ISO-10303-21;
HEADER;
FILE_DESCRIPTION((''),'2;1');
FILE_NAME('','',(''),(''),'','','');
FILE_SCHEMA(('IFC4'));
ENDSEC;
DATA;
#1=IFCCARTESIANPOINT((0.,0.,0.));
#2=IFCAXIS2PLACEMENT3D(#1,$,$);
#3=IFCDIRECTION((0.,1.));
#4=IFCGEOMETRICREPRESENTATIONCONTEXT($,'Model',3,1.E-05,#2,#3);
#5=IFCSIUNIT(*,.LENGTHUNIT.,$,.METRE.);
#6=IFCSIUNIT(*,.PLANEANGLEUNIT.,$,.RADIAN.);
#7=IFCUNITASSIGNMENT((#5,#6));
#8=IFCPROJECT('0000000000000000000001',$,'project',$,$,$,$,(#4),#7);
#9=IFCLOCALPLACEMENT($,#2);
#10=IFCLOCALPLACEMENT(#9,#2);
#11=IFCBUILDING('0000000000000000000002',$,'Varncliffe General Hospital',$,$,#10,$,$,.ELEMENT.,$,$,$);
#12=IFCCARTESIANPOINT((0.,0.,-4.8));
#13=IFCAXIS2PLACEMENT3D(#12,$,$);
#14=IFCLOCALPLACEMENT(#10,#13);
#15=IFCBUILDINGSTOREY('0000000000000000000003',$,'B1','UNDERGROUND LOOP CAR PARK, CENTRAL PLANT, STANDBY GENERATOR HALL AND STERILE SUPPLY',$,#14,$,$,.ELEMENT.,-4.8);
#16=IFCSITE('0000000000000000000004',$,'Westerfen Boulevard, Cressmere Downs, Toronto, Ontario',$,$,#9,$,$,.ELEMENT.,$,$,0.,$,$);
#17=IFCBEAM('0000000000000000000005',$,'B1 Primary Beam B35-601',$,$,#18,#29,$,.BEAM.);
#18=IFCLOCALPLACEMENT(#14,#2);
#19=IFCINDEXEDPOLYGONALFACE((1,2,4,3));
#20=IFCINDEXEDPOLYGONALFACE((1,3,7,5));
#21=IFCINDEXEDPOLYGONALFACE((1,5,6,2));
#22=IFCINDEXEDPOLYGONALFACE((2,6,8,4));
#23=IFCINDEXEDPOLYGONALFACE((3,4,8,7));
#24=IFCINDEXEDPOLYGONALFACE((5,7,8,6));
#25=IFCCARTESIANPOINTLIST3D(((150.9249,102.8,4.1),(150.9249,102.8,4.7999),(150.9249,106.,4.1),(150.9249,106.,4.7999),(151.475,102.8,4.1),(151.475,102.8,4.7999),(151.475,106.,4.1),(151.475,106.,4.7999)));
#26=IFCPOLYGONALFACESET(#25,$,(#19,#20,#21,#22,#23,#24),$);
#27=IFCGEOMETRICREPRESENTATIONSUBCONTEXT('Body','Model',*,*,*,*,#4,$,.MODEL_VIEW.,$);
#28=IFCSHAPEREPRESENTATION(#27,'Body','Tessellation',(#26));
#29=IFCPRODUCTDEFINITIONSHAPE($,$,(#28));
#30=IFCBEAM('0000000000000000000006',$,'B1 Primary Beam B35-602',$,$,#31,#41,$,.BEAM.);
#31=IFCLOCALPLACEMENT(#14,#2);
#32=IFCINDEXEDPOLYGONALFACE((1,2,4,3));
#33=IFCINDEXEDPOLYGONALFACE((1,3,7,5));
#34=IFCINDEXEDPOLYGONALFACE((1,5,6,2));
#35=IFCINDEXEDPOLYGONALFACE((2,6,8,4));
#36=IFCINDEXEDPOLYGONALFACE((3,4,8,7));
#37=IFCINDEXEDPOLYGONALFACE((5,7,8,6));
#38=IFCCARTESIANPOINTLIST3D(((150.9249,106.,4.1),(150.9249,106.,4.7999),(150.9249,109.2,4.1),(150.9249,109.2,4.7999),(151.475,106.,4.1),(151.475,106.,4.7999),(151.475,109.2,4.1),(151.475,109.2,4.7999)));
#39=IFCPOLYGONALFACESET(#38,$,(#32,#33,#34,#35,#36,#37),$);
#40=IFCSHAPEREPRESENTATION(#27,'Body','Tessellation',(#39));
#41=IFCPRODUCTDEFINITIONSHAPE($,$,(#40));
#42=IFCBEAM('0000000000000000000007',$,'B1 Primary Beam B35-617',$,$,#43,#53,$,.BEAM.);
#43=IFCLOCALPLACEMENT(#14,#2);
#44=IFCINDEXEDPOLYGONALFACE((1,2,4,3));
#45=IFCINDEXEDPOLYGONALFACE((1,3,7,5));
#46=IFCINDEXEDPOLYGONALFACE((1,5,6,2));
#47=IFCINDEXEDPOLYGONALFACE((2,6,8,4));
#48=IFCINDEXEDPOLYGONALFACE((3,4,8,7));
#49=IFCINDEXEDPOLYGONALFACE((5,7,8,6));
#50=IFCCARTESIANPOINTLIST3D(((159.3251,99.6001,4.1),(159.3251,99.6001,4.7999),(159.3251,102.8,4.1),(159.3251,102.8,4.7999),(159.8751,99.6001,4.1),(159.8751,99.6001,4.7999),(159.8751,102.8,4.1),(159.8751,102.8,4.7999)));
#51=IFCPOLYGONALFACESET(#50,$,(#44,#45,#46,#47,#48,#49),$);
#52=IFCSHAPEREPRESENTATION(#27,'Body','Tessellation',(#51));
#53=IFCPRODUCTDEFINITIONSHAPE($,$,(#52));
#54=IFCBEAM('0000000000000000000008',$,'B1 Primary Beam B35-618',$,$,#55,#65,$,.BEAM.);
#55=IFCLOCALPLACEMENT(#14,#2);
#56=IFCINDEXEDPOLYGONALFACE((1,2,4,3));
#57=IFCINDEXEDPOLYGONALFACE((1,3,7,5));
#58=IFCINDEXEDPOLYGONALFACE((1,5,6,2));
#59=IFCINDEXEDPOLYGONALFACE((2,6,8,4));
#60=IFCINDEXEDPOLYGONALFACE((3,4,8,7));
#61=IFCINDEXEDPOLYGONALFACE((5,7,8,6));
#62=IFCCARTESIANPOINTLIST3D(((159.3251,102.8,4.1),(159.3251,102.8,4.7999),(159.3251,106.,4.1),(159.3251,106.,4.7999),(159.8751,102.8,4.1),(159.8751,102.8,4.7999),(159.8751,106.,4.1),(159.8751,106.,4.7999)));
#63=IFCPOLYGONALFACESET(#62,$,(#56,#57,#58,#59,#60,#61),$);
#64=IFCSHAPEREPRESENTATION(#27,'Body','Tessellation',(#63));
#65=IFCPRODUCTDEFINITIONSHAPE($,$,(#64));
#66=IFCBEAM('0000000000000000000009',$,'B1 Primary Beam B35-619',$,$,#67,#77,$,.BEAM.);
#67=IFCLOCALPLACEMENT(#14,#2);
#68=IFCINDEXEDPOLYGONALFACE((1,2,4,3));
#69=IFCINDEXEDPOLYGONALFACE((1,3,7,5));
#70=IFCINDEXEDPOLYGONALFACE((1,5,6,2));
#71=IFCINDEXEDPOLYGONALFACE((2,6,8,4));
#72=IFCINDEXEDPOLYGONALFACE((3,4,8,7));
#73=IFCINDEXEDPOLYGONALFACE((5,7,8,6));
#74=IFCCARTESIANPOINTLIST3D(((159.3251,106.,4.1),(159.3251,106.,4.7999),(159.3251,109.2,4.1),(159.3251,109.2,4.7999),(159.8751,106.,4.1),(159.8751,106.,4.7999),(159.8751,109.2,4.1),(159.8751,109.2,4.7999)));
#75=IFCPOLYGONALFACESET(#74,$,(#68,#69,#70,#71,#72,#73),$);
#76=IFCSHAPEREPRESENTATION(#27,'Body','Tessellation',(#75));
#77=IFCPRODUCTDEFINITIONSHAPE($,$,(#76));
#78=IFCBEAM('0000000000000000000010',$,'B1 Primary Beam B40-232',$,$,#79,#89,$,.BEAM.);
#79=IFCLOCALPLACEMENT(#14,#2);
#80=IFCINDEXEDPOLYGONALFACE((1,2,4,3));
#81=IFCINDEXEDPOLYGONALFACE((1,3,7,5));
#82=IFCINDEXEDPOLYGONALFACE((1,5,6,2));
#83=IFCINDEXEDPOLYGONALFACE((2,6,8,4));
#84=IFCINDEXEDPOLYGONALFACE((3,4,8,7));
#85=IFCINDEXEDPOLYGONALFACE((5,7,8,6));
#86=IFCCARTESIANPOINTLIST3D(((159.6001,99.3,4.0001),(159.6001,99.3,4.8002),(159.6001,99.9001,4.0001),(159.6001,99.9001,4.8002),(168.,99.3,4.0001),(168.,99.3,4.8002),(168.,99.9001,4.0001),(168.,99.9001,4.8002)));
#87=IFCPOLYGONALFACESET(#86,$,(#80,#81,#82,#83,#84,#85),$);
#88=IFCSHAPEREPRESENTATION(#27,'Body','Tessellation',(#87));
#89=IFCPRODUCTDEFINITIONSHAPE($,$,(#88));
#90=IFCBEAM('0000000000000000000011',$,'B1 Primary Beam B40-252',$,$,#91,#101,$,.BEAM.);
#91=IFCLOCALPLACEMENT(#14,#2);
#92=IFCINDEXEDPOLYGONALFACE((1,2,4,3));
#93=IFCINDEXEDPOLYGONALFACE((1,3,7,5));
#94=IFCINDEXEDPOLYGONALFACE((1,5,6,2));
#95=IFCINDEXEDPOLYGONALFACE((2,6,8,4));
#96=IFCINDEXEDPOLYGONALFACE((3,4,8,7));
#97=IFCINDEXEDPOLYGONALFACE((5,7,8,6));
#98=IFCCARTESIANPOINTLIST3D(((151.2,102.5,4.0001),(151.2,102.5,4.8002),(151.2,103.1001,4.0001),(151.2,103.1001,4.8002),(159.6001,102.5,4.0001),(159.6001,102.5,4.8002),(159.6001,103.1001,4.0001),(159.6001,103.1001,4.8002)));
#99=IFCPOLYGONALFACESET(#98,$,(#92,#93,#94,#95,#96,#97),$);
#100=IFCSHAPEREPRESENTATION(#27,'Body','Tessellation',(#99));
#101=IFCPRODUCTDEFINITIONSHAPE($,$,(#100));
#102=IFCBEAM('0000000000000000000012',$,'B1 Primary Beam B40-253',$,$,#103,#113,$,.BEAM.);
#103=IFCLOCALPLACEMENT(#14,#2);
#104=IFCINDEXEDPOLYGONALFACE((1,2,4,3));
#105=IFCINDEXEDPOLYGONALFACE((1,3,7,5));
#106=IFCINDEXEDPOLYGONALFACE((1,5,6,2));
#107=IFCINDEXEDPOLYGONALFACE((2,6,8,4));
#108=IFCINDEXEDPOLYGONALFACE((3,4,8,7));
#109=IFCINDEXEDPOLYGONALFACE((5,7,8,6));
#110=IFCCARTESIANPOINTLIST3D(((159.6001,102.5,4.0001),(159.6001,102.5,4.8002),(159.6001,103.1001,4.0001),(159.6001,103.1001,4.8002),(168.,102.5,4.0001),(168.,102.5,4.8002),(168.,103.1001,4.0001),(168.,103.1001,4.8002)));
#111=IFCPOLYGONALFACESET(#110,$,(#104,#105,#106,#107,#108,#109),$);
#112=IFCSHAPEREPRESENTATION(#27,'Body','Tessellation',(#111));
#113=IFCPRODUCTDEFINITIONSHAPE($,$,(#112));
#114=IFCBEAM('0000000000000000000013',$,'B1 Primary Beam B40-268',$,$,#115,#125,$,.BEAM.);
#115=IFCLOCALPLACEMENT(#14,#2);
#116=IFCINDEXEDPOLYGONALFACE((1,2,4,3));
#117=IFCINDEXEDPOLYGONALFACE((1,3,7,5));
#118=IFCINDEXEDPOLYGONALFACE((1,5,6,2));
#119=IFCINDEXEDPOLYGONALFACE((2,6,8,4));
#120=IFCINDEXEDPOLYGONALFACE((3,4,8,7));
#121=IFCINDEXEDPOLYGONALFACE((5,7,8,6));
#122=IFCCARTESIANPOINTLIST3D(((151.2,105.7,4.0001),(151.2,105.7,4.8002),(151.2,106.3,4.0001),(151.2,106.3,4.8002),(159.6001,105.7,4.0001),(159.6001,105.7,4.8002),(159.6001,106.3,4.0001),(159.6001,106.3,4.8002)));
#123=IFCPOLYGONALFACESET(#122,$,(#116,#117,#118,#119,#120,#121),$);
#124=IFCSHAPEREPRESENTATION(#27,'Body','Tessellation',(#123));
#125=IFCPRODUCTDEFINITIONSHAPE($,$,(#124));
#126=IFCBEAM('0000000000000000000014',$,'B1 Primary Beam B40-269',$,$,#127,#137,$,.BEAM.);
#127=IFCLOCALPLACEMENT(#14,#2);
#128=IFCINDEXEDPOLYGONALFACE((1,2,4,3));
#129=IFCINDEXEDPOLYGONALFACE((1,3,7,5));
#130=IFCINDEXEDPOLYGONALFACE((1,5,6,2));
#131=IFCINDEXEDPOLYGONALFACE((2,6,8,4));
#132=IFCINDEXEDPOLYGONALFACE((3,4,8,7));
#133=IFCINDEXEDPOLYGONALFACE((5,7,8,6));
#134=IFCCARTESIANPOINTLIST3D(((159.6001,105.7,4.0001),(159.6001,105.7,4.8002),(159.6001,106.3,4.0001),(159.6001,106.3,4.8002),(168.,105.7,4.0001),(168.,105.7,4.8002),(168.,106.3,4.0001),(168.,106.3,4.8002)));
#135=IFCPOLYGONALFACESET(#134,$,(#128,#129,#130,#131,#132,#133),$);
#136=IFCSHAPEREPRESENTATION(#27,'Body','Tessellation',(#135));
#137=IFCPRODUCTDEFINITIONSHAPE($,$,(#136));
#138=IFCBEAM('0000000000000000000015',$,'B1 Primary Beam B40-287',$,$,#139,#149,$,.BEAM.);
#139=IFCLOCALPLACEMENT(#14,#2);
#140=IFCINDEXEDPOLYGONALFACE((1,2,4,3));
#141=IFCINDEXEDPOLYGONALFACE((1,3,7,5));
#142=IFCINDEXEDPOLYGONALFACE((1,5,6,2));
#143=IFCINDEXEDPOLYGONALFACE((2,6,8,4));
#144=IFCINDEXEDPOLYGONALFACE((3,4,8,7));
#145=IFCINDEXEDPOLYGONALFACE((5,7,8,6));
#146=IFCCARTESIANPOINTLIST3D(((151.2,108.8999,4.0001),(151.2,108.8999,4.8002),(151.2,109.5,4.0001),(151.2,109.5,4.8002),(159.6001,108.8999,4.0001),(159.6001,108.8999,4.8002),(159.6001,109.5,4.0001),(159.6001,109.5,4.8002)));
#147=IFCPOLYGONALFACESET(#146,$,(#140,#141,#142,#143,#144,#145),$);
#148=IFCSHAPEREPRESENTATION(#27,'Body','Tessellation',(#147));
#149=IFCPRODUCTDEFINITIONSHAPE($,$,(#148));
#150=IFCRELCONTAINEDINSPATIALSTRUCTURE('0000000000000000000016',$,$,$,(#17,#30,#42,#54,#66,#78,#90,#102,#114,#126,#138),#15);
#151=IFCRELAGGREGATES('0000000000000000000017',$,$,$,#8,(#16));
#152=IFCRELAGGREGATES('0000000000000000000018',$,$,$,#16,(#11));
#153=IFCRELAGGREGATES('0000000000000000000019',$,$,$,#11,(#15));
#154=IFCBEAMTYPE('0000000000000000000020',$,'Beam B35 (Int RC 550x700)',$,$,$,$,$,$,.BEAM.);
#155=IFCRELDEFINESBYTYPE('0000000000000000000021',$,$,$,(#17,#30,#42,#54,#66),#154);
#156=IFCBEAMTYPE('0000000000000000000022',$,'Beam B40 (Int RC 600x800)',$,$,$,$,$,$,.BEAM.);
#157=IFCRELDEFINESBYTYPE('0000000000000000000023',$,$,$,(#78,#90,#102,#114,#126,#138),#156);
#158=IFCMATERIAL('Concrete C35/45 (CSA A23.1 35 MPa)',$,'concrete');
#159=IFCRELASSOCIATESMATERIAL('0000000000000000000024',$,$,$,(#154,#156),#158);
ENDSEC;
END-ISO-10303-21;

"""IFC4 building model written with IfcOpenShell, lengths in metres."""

from ifc_helpers import new_model, si_unit, direction, frame, origin, origin_2d, place, context, subcontext, project, spatial, rectangle, extrude, material, material_profile, profile_set, type_object, element, save


model = new_model("IFC4")

# Units and contexts
model_context = context("Model", 3, precision=1e-05, world=origin(), true_north=direction((0.0, 1.0)))
body_context = subcontext(model_context, "Body", "Model", "MODEL_VIEW")
ifc_project = project(units=[si_unit("LENGTHUNIT", "METRE"), si_unit("PLANEANGLEUNIT", "RADIAN")], contexts=[model_context])

# Site, building, storey
site_placement = place(None, origin())
site = spatial("IfcSite", under=ifc_project, at=site_placement, Name="Westerfen Boulevard, Cressmere Downs, Toronto, Ontario", CompositionType="ELEMENT", RefElevation=0.0)
building_placement = place(site_placement, origin())
building = spatial("IfcBuilding", under=site, at=building_placement, Name="Varncliffe General Hospital", CompositionType="ELEMENT")
storey_placement = place(building_placement, frame((0.0, 0.0, -4.8)))
storey = spatial("IfcBuildingStorey", under=building, at=storey_placement, Name="B1", Description="UNDERGROUND LOOP CAR PARK, CENTRAL PLANT, STANDBY GENERATOR HALL AND STERILE SUPPLY", CompositionType="ELEMENT", Elevation=-4.8)

# Beams
ifc_material_1 = material(Name="Concrete C35/45 (CSA A23.1 35 MPa)", Category="concrete")
ifc_material_profile_1 = material_profile(ifc_material_1, rectangle(XDim=0.55, YDim=0.7, at=origin_2d()), Name="RC 550x700")
ifc_profile_set_1 = profile_set([ifc_material_profile_1], Name="Concrete C35/45 (CSA A23.1 35 MPa)")
beam_type_1 = type_object("IfcBeamType", Name="Beam B35 (Int RC 550x700)", PredefinedType="BEAM", material=ifc_profile_set_1)
for number, where, z_axis, x_axis, name in (
    (1, (151.2, 102.8, 4.45), (0.0, 1.0, 0.0), (-1.0, 0.0, 0.0), "B1 Primary Beam B35-601"),
    (2, (151.2, 106.0, 4.45), (0.0, 1.0, 0.0), (-1.0, 0.0, 0.0), "B1 Primary Beam B35-602"),
    (3, (159.6001, 99.6001, 4.45), (0.0, 1.0, 0.0), (-1.0, 0.0, 0.0), "B1 Primary Beam B35-617"),
    (4, (159.6001, 102.8, 4.45), (0.0, 1.0, 0.0), (-1.0, 0.0, 0.0), "B1 Primary Beam B35-618"),
    (5, (159.6001, 106.0, 4.45), (0.0, 1.0, 0.0), (-1.0, 0.0, 0.0), "B1 Primary Beam B35-619"),
):
    element("IfcBeam", number, at=place(storey_placement, frame(where, z_axis=z_axis, x_axis=x_axis)), inside=storey, type_object=beam_type_1, Name=name, PredefinedType="BEAM", context=body_context, shape_type="SweptSolid", body=[
        extrude(rectangle(XDim=0.55, YDim=0.7, at=origin_2d()), origin(), (0.0, 0.0, 1.0), 3.2),
    ])
ifc_material_profile_2 = material_profile(ifc_material_1, rectangle(XDim=0.6001, YDim=0.8, at=origin_2d()), Name="RC 600x800")
ifc_profile_set_2 = profile_set([ifc_material_profile_2], Name="Concrete C35/45 (CSA A23.1 35 MPa)")
beam_type_2 = type_object("IfcBeamType", Name="Beam B40 (Int RC 600x800)", PredefinedType="BEAM", material=ifc_profile_set_2)
beam_1_placement = place(storey_placement, frame((159.6001, 99.6001, 4.4001), z_axis=(1.0, 0.0, 0.0), x_axis=(0.0, 1.0, 0.0)))
element("IfcBeam", 6, at=beam_1_placement, inside=storey, type_object=beam_type_2, Name="B1 Primary Beam B40-232", PredefinedType="BEAM", context=body_context, shape_type="SweptSolid", body=[
    extrude(rectangle(XDim=0.6001, YDim=0.8, at=origin_2d()), origin(), (0.0, 0.0, 1.0), 8.3999),
])
beam_2_placement = place(storey_placement, frame((151.2, 102.8, 4.4001), z_axis=(1.0, 0.0, 0.0), x_axis=(0.0, 1.0, 0.0)))
element("IfcBeam", 7, at=beam_2_placement, inside=storey, type_object=beam_type_2, Name="B1 Primary Beam B40-252", PredefinedType="BEAM", context=body_context, shape_type="SweptSolid", body=[
    extrude(rectangle(XDim=0.6001, YDim=0.8, at=origin_2d()), origin(), (0.0, 0.0, 1.0), 8.4001),
])
beam_3_placement = place(storey_placement, frame((159.6001, 102.8, 4.4001), z_axis=(1.0, 0.0, 0.0), x_axis=(0.0, 1.0, 0.0)))
element("IfcBeam", 8, at=beam_3_placement, inside=storey, type_object=beam_type_2, Name="B1 Primary Beam B40-253", PredefinedType="BEAM", context=body_context, shape_type="SweptSolid", body=[
    extrude(rectangle(XDim=0.6001, YDim=0.8, at=origin_2d()), origin(), (0.0, 0.0, 1.0), 8.3999),
])
beam_4_placement = place(storey_placement, frame((151.2, 106.0, 4.4001), z_axis=(1.0, 0.0, 0.0), x_axis=(0.0, 1.0, 0.0)))
element("IfcBeam", 9, at=beam_4_placement, inside=storey, type_object=beam_type_2, Name="B1 Primary Beam B40-268", PredefinedType="BEAM", context=body_context, shape_type="SweptSolid", body=[
    extrude(rectangle(XDim=0.6001, YDim=0.8, at=origin_2d()), origin(), (0.0, 0.0, 1.0), 8.4001),
])
beam_5_placement = place(storey_placement, frame((159.6001, 106.0, 4.4001), z_axis=(1.0, 0.0, 0.0), x_axis=(0.0, 1.0, 0.0)))
element("IfcBeam", 10, at=beam_5_placement, inside=storey, type_object=beam_type_2, Name="B1 Primary Beam B40-269", PredefinedType="BEAM", context=body_context, shape_type="SweptSolid", body=[
    extrude(rectangle(XDim=0.6001, YDim=0.8, at=origin_2d()), origin(), (0.0, 0.0, 1.0), 8.3999),
])
beam_6_placement = place(storey_placement, frame((151.2, 109.2, 4.4001), z_axis=(1.0, 0.0, 0.0), x_axis=(0.0, 1.0, 0.0)))
element("IfcBeam", 11, at=beam_6_placement, inside=storey, type_object=beam_type_2, Name="B1 Primary Beam B40-287", PredefinedType="BEAM", context=body_context, shape_type="SweptSolid", body=[
    extrude(rectangle(XDim=0.6001, YDim=0.8, at=origin_2d()), origin(), (0.0, 0.0, 1.0), 8.4001),
])

save(model, "model.ifc")
